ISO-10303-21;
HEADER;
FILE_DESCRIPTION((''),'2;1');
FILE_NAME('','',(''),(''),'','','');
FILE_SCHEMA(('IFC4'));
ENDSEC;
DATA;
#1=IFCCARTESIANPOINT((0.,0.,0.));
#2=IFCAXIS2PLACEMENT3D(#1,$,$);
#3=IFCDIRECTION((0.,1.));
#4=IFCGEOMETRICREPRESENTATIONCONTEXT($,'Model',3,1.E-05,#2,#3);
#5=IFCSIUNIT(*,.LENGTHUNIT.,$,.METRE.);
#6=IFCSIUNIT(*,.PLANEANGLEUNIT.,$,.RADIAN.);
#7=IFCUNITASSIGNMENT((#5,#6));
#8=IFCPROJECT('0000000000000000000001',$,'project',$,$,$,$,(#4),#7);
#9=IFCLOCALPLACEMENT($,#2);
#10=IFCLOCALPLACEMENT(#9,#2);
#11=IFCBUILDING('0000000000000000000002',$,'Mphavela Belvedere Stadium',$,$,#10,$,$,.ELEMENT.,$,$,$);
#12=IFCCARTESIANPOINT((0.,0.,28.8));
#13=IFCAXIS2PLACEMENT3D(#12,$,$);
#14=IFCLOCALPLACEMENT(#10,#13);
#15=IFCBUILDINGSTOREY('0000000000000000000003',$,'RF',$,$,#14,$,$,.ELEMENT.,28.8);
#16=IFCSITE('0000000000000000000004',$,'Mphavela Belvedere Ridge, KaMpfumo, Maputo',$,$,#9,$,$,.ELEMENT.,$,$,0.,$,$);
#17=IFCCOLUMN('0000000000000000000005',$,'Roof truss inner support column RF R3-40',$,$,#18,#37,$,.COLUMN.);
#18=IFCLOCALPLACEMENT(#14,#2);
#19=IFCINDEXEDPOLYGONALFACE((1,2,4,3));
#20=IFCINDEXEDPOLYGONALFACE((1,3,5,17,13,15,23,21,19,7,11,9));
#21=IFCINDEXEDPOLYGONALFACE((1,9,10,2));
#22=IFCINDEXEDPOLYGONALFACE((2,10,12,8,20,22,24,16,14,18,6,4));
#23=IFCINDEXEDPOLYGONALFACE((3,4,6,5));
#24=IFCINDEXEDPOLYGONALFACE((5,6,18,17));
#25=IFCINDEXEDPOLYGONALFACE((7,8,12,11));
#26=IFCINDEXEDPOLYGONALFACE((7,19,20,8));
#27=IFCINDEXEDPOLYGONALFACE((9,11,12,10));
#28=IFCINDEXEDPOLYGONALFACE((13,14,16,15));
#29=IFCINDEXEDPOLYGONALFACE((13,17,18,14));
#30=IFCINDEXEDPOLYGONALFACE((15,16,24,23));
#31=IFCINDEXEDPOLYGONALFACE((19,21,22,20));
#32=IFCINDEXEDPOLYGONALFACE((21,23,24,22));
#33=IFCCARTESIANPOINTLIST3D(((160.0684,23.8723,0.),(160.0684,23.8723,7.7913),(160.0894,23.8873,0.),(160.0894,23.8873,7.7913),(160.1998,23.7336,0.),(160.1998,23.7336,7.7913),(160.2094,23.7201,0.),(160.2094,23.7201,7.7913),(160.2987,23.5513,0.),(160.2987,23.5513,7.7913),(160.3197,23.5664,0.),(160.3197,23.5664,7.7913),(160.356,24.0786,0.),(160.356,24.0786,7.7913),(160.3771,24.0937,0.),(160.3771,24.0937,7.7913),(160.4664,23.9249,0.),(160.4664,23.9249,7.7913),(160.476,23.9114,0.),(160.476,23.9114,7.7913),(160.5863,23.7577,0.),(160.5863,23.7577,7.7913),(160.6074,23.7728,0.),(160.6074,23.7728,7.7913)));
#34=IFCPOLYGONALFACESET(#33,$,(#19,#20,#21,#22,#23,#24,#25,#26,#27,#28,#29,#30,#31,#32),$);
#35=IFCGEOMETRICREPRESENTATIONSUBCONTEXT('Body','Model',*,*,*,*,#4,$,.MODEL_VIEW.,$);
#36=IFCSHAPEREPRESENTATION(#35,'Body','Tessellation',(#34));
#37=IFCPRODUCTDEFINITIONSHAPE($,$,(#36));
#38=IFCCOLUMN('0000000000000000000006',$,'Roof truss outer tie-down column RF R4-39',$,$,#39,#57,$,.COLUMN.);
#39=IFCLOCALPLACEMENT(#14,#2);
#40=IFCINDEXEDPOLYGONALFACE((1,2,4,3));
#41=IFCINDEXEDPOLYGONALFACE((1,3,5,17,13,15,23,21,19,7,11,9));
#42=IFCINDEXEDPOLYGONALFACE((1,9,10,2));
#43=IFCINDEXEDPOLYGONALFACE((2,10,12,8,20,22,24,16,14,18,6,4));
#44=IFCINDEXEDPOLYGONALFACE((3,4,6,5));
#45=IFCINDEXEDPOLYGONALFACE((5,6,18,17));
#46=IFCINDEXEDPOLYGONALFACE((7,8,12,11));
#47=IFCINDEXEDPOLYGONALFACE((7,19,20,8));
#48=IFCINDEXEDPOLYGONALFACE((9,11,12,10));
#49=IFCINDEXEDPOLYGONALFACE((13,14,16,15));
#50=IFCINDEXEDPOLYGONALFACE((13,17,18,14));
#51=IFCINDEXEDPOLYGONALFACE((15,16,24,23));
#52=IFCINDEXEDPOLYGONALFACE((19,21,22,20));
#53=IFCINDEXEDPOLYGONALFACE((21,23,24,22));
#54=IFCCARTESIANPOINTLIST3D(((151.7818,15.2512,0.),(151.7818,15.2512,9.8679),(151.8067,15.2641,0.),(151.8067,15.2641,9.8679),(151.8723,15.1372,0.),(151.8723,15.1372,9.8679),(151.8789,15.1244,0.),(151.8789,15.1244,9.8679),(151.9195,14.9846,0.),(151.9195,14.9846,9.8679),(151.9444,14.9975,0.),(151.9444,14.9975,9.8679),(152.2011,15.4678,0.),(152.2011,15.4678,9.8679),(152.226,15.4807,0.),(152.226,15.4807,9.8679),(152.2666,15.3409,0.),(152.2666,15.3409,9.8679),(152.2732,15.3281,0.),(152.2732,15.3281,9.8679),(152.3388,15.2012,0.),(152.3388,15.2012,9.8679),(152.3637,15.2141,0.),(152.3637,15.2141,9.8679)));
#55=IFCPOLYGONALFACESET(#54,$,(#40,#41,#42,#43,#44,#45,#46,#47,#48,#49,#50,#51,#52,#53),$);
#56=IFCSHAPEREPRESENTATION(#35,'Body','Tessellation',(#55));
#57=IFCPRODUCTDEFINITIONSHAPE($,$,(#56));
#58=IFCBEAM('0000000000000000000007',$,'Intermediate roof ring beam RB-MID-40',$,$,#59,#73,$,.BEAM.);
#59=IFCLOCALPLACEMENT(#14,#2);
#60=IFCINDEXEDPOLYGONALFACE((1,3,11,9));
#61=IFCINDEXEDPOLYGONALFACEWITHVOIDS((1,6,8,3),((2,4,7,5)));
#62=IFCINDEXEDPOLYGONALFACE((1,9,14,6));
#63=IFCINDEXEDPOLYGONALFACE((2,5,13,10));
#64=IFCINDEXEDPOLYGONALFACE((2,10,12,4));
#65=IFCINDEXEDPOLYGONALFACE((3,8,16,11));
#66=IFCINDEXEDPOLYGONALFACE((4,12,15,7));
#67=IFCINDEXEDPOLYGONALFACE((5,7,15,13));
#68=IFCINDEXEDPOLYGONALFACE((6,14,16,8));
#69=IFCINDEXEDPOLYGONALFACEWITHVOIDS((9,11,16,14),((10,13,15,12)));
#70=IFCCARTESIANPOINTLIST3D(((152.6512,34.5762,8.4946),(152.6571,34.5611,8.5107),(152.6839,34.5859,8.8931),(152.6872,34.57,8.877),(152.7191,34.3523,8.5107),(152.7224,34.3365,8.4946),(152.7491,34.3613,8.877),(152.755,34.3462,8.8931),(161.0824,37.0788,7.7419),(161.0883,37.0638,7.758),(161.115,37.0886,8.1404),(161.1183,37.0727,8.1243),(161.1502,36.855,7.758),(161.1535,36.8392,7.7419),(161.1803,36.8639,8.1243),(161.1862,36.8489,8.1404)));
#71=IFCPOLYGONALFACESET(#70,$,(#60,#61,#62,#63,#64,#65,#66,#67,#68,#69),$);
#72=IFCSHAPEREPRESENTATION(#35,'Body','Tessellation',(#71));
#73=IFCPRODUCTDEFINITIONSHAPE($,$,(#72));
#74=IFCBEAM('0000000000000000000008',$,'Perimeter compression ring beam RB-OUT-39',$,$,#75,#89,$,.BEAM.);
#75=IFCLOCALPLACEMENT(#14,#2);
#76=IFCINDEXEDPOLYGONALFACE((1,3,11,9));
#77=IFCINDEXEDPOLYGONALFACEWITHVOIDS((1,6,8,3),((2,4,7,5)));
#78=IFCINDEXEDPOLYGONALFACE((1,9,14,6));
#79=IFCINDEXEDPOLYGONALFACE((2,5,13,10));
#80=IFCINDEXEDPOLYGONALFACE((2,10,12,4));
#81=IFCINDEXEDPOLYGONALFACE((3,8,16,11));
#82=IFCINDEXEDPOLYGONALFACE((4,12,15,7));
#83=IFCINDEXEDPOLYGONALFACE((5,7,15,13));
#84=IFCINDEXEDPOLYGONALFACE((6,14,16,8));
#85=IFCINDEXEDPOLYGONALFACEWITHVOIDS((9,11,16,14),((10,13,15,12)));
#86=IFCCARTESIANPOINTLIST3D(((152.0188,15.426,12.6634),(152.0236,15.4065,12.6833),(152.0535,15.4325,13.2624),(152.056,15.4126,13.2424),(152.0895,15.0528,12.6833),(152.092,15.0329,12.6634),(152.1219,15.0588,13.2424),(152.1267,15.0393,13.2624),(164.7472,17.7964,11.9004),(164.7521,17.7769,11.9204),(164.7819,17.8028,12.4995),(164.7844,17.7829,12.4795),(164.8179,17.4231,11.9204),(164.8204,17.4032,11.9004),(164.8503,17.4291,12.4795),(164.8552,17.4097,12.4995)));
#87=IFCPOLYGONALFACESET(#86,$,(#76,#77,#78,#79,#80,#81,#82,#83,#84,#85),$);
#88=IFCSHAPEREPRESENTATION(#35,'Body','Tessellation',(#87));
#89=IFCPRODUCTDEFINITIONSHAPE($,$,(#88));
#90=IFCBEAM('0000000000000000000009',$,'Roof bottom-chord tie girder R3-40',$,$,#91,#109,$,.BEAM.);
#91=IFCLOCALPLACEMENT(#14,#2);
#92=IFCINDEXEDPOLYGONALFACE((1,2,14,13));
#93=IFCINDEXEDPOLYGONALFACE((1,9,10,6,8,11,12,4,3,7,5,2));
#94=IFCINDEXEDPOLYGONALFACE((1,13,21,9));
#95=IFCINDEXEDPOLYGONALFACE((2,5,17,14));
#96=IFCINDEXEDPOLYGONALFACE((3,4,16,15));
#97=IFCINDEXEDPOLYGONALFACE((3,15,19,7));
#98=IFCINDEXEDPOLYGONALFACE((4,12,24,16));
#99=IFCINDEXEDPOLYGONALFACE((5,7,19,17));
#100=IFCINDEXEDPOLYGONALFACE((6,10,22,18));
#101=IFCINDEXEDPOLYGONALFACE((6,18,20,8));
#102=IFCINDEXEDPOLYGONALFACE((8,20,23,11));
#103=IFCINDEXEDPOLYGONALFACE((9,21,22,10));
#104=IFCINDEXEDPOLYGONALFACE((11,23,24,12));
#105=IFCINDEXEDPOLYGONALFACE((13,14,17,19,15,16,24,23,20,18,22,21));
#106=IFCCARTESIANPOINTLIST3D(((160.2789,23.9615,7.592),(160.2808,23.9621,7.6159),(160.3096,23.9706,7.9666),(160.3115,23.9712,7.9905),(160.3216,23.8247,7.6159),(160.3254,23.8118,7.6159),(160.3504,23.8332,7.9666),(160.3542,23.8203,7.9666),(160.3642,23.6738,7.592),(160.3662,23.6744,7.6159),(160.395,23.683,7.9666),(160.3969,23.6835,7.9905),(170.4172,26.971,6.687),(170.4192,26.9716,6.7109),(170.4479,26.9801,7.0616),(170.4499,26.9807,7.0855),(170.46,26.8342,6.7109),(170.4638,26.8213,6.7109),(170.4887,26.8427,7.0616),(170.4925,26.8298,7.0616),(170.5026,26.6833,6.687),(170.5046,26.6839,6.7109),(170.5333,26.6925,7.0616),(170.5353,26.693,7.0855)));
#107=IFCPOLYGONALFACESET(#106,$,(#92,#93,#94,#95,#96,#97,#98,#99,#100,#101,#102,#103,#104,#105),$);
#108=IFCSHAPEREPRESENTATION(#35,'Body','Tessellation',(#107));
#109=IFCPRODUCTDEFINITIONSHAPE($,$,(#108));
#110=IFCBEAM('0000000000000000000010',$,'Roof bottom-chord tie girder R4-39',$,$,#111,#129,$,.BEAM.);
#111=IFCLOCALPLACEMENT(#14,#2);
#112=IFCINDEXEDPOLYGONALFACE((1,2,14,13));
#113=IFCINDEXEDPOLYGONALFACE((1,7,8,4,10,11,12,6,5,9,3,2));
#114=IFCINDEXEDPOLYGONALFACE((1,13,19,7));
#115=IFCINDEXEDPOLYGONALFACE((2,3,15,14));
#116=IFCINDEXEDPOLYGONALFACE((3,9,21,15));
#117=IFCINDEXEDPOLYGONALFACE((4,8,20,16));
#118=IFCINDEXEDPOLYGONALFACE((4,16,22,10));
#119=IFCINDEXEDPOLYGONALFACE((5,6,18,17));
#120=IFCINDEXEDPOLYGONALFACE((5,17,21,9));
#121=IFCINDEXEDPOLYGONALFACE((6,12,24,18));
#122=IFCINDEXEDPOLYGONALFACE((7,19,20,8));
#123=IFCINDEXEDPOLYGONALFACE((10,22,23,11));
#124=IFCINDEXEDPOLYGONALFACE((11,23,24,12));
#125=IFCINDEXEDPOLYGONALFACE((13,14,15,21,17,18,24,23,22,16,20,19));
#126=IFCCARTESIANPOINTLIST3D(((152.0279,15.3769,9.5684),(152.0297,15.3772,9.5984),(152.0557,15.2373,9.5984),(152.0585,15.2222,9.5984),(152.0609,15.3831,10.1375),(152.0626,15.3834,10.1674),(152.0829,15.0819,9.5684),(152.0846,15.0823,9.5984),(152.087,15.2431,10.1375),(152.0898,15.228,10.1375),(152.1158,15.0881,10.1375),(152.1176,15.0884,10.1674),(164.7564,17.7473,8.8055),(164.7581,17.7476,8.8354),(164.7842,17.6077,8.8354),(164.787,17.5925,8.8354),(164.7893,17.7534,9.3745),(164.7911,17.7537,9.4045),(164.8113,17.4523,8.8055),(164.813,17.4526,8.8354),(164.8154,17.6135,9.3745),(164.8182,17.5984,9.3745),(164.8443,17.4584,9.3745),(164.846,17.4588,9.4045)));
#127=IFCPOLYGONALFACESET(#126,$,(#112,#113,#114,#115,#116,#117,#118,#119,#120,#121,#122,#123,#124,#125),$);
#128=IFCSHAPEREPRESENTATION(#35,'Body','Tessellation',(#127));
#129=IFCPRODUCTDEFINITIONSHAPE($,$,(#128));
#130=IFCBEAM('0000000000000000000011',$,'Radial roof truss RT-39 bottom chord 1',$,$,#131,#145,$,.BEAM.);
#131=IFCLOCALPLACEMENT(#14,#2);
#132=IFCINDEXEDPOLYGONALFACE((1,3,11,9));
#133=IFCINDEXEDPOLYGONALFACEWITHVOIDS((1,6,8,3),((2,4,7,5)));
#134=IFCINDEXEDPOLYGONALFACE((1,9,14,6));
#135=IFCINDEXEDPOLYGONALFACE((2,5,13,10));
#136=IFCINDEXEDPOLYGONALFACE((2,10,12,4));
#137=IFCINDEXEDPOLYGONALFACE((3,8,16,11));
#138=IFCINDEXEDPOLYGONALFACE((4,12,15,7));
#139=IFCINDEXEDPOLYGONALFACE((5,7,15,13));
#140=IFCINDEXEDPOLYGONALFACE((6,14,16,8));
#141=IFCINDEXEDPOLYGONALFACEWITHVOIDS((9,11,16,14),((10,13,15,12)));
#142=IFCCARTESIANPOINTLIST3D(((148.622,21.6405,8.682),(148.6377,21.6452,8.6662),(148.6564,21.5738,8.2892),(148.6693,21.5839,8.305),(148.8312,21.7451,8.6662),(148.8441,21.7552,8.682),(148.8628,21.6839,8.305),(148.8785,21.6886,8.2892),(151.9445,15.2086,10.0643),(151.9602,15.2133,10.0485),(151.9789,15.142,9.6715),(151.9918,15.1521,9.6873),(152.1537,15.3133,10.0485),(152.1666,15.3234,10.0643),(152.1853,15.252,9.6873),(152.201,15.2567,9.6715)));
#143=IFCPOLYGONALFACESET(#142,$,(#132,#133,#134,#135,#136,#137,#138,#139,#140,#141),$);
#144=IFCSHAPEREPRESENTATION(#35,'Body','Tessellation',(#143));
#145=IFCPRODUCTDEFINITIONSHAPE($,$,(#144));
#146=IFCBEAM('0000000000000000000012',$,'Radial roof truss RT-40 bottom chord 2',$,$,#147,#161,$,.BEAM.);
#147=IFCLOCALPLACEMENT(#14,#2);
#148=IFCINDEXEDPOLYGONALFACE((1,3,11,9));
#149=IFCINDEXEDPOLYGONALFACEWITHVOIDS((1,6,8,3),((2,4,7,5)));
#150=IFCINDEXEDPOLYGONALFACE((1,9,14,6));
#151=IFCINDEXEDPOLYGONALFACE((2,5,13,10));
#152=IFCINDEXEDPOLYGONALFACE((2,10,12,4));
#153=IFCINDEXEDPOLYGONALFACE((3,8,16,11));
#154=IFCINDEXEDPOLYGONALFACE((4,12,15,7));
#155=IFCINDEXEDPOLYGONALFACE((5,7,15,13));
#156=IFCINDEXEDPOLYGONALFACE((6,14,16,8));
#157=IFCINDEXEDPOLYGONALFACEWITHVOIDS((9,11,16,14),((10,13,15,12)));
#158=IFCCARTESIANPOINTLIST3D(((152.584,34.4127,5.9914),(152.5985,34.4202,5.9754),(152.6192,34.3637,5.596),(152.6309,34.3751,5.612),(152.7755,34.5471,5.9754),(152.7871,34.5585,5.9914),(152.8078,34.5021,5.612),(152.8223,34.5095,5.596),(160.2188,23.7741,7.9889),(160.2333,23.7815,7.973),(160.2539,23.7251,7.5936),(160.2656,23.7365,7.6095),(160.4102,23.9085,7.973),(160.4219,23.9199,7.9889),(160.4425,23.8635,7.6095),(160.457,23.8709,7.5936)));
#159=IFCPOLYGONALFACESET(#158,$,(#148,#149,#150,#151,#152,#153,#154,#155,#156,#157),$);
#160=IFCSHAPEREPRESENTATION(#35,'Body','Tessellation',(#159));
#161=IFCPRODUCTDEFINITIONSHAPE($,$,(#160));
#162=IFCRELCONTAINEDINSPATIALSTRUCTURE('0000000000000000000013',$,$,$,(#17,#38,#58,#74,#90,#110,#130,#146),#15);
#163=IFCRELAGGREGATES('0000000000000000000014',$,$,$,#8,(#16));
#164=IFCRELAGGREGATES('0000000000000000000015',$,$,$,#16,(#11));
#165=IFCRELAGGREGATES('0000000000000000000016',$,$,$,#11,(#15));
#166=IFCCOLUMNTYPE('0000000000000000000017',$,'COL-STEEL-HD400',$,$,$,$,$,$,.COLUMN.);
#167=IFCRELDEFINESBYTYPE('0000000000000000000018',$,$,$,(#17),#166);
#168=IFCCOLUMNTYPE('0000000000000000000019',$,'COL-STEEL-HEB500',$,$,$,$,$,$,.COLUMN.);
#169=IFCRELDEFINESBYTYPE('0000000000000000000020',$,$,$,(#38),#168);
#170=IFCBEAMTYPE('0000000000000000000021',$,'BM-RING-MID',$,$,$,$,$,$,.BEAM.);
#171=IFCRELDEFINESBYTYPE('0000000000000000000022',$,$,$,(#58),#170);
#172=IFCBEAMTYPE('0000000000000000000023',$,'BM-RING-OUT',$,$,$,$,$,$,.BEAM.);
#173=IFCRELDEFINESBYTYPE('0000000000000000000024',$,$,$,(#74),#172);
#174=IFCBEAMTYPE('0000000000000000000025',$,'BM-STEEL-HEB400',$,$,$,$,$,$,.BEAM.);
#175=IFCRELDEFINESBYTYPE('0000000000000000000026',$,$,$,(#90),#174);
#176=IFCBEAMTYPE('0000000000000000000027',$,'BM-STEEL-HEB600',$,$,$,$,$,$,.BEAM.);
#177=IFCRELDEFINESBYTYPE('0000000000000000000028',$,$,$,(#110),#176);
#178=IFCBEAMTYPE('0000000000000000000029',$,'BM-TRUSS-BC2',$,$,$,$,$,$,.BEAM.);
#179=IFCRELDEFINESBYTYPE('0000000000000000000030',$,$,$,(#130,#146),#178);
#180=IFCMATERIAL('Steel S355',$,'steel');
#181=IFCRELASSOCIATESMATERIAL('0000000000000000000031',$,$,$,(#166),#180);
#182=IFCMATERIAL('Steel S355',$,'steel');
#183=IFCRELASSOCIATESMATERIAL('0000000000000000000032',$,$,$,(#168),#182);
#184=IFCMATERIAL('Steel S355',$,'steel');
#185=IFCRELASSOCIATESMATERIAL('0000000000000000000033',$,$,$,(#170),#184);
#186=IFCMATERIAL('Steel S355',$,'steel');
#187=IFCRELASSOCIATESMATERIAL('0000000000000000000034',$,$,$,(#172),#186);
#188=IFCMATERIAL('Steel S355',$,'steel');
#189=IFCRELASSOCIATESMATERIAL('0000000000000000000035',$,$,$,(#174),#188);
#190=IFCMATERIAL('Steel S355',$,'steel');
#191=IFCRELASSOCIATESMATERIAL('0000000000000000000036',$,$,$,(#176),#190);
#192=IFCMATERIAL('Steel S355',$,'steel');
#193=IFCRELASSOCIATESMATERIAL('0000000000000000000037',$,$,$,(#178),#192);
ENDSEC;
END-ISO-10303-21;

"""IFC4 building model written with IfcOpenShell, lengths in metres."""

from ifc_helpers import new_model, si_unit, direction, frame, origin, origin_2d, place, context, subcontext, project, spatial, hollow_rectangle, i_section, extrude, material, material_profile, profile_set, type_object, element, save


model = new_model("IFC4")

# Units and contexts
model_context = context("Model", 3, precision=1e-05, world=origin(), true_north=direction((0.0, 1.0)))
body_context = subcontext(model_context, "Body", "Model", "MODEL_VIEW")
ifc_project = project(units=[si_unit("LENGTHUNIT", "METRE"), si_unit("PLANEANGLEUNIT", "RADIAN")], contexts=[model_context])

# Site, building, storey
site_placement = place(None, origin())
site = spatial("IfcSite", under=ifc_project, at=site_placement, Name="Mphavela Belvedere Ridge, KaMpfumo, Maputo", CompositionType="ELEMENT", RefElevation=0.0)
building_placement = place(site_placement, origin())
building = spatial("IfcBuilding", under=site, at=building_placement, Name="Mphavela Belvedere Stadium", CompositionType="ELEMENT")
storey_placement = place(building_placement, frame((0.0, 0.0, 28.8)))
storey = spatial("IfcBuildingStorey", under=building, at=storey_placement, Name="RF", CompositionType="ELEMENT", Elevation=28.8)

# Columns
ifc_material_1 = material(Name="Steel S355", Category="steel")
ifc_material_profile_1 = material_profile(ifc_material_1, i_section(OverallWidth=0.395, OverallDepth=0.3799, WebThickness=0.0166, FlangeThickness=0.0259, at=origin_2d()), Name="HD 400x237")
ifc_profile_set_1 = profile_set([ifc_material_profile_1], Name="Steel S355")
column_type_1 = type_object("IfcColumnType", Name="COL-STEEL-HD400", PredefinedType="COLUMN", material=ifc_profile_set_1)
column_1_placement = place(storey_placement, frame((160.3379, 23.8225, 0.0), z_axis=(0.0, 0.0, 1.0), x_axis=(0.582974, -0.812491, 0.0)))
element("IfcColumn", 1, at=column_1_placement, inside=storey, type_object=column_type_1, Name="Roof truss inner support column RF R3-40", PredefinedType="COLUMN", context=body_context, shape_type="SweptSolid", body=[
    extrude(i_section(OverallWidth=0.395, OverallDepth=0.3799, WebThickness=0.0166, FlangeThickness=0.0259, at=origin_2d()), origin(), (0.0, 0.0, 1.0), 7.7913),
])
ifc_material_2 = material(Name="Steel S355", Category="steel")
ifc_material_profile_2 = material_profile(ifc_material_2, i_section(OverallWidth=0.3, OverallDepth=0.5, WebThickness=0.0144, FlangeThickness=0.0281, at=origin_2d()), Name="HEB 500")
ifc_profile_set_2 = profile_set([ifc_material_profile_2], Name="Steel S355")
column_type_2 = type_object("IfcColumnType", Name="COL-STEEL-HEB500", PredefinedType="COLUMN", material=ifc_profile_set_2)
column_2_placement = place(storey_placement, frame((152.0728, 15.2327, 0.0), z_axis=(0.0, 0.0, 1.0), x_axis=(0.45896, -0.888457, 0.0)))
element("IfcColumn", 2, at=column_2_placement, inside=storey, type_object=column_type_2, Name="Roof truss outer tie-down column RF R4-39", PredefinedType="COLUMN", context=body_context, shape_type="SweptSolid", body=[
    extrude(i_section(OverallWidth=0.3, OverallDepth=0.5, WebThickness=0.0144, FlangeThickness=0.0281, at=origin_2d()), origin(), (0.0, 0.0, 1.0), 9.8679),
])

# Beams
ifc_material_3 = material(Name="Steel S355", Category="steel")
ifc_material_profile_3 = material_profile(ifc_material_3, hollow_rectangle(XDim=0.25, YDim=0.3999, WallThickness=0.0161, at=origin_2d()), Name="RHS 400x250x16")
ifc_profile_set_3 = profile_set([ifc_material_profile_3], Name="Steel S355")
beam_type_1 = type_object("IfcBeamType", Name="BM-RING-MID", PredefinedType="BEAM", material=ifc_profile_set_3)
beam_1_placement = place(storey_placement, frame((152.7031, 34.4612, 8.6938), z_axis=(0.955165, 0.283529, -0.085272), x_axis=(-0.284566, 0.958657, 0.0)))
element("IfcBeam", 3, at=beam_1_placement, inside=storey, type_object=beam_type_1, Name="Intermediate roof ring beam RB-MID-40", PredefinedType="BEAM", context=body_context, shape_type="SweptSolid", body=[
    extrude(hollow_rectangle(XDim=0.25, YDim=0.3999, WallThickness=0.0161, at=origin_2d()), origin(), (0.0, 0.0, 1.0), 8.8269),
])
ifc_material_4 = material(Name="Steel S355", Category="steel")
ifc_material_profile_4 = material_profile(ifc_material_4, hollow_rectangle(XDim=0.3999, YDim=0.6001, WallThickness=0.02, at=origin_2d()), Name="RHS 600x400x20")
ifc_profile_set_4 = profile_set([ifc_material_profile_4], Name="Steel S355")
beam_type_2 = type_object("IfcBeamType", Name="BM-RING-OUT", PredefinedType="BEAM", material=ifc_profile_set_4)
beam_2_placement = place(storey_placement, frame((152.0728, 15.2327, 12.9629), z_axis=(0.981396, 0.18276, -0.058824), x_axis=(-0.183077, 0.983099, 0.0)))
element("IfcBeam", 4, at=beam_2_placement, inside=storey, type_object=beam_type_2, Name="Perimeter compression ring beam RB-OUT-39", PredefinedType="BEAM", context=body_context, shape_type="SweptSolid", body=[
    extrude(hollow_rectangle(XDim=0.3999, YDim=0.6001, WallThickness=0.02, at=origin_2d()), origin(), (0.0, 0.0, 1.0), 12.9697),
])
ifc_material_5 = material(Name="Steel S355", Category="steel")
ifc_material_profile_5 = material_profile(ifc_material_5, i_section(OverallWidth=0.3, OverallDepth=0.3999, WebThickness=0.0134, FlangeThickness=0.0239, at=origin_2d()), Name="HEB 400")
ifc_profile_set_5 = profile_set([ifc_material_profile_5], Name="Steel S355")
beam_type_3 = type_object("IfcBeamType", Name="BM-STEEL-HEB400", PredefinedType="BEAM", material=ifc_profile_set_5)
beam_3_placement = place(storey_placement, frame((160.3379, 23.8225, 7.7913), z_axis=(0.955164, 0.283534, -0.085265), x_axis=(-0.28457, 0.958655, 0.0)))
element("IfcBeam", 5, at=beam_3_placement, inside=storey, type_object=beam_type_3, Name="Roof bottom-chord tie girder R3-40", PredefinedType="BEAM", context=body_context, shape_type="SweptSolid", body=[
    extrude(i_section(OverallWidth=0.3, OverallDepth=0.3999, WebThickness=0.0134, FlangeThickness=0.0239, at=origin_2d()), origin(), (0.0, 0.0, 1.0), 10.6143),
])
ifc_material_6 = material(Name="Steel S355", Category="steel")
ifc_material_profile_6 = material_profile(ifc_material_6, i_section(OverallWidth=0.3, OverallDepth=0.6001, WebThickness=0.0154, FlangeThickness=0.03, at=origin_2d()), Name="HEB 600")
ifc_profile_set_6 = profile_set([ifc_material_profile_6], Name="Steel S355")
beam_type_4 = type_object("IfcBeamType", Name="BM-STEEL-HEB600", PredefinedType="BEAM", material=ifc_profile_set_6)
beam_4_placement = place(storey_placement, frame((152.0728, 15.2327, 9.8679), z_axis=(0.981396, 0.18276, -0.058824), x_axis=(-0.183077, 0.983099, 0.0)))
element("IfcBeam", 6, at=beam_4_placement, inside=storey, type_object=beam_type_4, Name="Roof bottom-chord tie girder R4-39", PredefinedType="BEAM", context=body_context, shape_type="SweptSolid", body=[
    extrude(i_section(OverallWidth=0.3, OverallDepth=0.6001, WebThickness=0.0154, FlangeThickness=0.03, at=origin_2d()), origin(), (0.0, 0.0, 1.0), 12.9697),
])
ifc_material_7 = material(Name="Steel S355", Category="steel")
ifc_material_profile_7 = material_profile(ifc_material_7, hollow_rectangle(XDim=0.25, YDim=0.3999, WallThickness=0.0161, at=origin_2d()), Name="RHS 400x250x16")
ifc_profile_set_7 = profile_set([ifc_material_profile_7], Name="Steel S355")
beam_type_5 = type_object("IfcBeamType", Name="BM-TRUSS-BC2", PredefinedType="BEAM", material=ifc_profile_set_7)
beam_5_placement = place(storey_placement, frame((152.0728, 15.2327, 9.8679), z_axis=(-0.450807, 0.872695, -0.187557), x_axis=(-0.888461, -0.458951, 0.0)))
element("IfcBeam", 7, at=beam_5_placement, inside=storey, type_object=beam_type_5, Name="Radial roof truss RT-39 bottom chord 1", PredefinedType="BEAM", context=body_context, shape_type="SweptSolid", body=[
    extrude(hollow_rectangle(XDim=0.25, YDim=0.3999, WallThickness=0.0161, at=origin_2d()), origin(), (0.0, 0.0, 1.0), 7.3701),
])
beam_6_placement = place(storey_placement, frame((160.3379, 23.8225, 7.7913), z_axis=(-0.576375, 0.80315, -0.150803), x_axis=(-0.812441, -0.583043, 0.0)))
element("IfcBeam", 8, at=beam_6_placement, inside=storey, type_object=beam_type_5, Name="Radial roof truss RT-40 bottom chord 2", PredefinedType="BEAM", context=body_context, shape_type="SweptSolid", body=[
    extrude(hollow_rectangle(XDim=0.25, YDim=0.3999, WallThickness=0.0161, at=origin_2d()), origin(), (0.0, 0.0, 1.0), 13.2461),
])

save(model, "model.ifc")
